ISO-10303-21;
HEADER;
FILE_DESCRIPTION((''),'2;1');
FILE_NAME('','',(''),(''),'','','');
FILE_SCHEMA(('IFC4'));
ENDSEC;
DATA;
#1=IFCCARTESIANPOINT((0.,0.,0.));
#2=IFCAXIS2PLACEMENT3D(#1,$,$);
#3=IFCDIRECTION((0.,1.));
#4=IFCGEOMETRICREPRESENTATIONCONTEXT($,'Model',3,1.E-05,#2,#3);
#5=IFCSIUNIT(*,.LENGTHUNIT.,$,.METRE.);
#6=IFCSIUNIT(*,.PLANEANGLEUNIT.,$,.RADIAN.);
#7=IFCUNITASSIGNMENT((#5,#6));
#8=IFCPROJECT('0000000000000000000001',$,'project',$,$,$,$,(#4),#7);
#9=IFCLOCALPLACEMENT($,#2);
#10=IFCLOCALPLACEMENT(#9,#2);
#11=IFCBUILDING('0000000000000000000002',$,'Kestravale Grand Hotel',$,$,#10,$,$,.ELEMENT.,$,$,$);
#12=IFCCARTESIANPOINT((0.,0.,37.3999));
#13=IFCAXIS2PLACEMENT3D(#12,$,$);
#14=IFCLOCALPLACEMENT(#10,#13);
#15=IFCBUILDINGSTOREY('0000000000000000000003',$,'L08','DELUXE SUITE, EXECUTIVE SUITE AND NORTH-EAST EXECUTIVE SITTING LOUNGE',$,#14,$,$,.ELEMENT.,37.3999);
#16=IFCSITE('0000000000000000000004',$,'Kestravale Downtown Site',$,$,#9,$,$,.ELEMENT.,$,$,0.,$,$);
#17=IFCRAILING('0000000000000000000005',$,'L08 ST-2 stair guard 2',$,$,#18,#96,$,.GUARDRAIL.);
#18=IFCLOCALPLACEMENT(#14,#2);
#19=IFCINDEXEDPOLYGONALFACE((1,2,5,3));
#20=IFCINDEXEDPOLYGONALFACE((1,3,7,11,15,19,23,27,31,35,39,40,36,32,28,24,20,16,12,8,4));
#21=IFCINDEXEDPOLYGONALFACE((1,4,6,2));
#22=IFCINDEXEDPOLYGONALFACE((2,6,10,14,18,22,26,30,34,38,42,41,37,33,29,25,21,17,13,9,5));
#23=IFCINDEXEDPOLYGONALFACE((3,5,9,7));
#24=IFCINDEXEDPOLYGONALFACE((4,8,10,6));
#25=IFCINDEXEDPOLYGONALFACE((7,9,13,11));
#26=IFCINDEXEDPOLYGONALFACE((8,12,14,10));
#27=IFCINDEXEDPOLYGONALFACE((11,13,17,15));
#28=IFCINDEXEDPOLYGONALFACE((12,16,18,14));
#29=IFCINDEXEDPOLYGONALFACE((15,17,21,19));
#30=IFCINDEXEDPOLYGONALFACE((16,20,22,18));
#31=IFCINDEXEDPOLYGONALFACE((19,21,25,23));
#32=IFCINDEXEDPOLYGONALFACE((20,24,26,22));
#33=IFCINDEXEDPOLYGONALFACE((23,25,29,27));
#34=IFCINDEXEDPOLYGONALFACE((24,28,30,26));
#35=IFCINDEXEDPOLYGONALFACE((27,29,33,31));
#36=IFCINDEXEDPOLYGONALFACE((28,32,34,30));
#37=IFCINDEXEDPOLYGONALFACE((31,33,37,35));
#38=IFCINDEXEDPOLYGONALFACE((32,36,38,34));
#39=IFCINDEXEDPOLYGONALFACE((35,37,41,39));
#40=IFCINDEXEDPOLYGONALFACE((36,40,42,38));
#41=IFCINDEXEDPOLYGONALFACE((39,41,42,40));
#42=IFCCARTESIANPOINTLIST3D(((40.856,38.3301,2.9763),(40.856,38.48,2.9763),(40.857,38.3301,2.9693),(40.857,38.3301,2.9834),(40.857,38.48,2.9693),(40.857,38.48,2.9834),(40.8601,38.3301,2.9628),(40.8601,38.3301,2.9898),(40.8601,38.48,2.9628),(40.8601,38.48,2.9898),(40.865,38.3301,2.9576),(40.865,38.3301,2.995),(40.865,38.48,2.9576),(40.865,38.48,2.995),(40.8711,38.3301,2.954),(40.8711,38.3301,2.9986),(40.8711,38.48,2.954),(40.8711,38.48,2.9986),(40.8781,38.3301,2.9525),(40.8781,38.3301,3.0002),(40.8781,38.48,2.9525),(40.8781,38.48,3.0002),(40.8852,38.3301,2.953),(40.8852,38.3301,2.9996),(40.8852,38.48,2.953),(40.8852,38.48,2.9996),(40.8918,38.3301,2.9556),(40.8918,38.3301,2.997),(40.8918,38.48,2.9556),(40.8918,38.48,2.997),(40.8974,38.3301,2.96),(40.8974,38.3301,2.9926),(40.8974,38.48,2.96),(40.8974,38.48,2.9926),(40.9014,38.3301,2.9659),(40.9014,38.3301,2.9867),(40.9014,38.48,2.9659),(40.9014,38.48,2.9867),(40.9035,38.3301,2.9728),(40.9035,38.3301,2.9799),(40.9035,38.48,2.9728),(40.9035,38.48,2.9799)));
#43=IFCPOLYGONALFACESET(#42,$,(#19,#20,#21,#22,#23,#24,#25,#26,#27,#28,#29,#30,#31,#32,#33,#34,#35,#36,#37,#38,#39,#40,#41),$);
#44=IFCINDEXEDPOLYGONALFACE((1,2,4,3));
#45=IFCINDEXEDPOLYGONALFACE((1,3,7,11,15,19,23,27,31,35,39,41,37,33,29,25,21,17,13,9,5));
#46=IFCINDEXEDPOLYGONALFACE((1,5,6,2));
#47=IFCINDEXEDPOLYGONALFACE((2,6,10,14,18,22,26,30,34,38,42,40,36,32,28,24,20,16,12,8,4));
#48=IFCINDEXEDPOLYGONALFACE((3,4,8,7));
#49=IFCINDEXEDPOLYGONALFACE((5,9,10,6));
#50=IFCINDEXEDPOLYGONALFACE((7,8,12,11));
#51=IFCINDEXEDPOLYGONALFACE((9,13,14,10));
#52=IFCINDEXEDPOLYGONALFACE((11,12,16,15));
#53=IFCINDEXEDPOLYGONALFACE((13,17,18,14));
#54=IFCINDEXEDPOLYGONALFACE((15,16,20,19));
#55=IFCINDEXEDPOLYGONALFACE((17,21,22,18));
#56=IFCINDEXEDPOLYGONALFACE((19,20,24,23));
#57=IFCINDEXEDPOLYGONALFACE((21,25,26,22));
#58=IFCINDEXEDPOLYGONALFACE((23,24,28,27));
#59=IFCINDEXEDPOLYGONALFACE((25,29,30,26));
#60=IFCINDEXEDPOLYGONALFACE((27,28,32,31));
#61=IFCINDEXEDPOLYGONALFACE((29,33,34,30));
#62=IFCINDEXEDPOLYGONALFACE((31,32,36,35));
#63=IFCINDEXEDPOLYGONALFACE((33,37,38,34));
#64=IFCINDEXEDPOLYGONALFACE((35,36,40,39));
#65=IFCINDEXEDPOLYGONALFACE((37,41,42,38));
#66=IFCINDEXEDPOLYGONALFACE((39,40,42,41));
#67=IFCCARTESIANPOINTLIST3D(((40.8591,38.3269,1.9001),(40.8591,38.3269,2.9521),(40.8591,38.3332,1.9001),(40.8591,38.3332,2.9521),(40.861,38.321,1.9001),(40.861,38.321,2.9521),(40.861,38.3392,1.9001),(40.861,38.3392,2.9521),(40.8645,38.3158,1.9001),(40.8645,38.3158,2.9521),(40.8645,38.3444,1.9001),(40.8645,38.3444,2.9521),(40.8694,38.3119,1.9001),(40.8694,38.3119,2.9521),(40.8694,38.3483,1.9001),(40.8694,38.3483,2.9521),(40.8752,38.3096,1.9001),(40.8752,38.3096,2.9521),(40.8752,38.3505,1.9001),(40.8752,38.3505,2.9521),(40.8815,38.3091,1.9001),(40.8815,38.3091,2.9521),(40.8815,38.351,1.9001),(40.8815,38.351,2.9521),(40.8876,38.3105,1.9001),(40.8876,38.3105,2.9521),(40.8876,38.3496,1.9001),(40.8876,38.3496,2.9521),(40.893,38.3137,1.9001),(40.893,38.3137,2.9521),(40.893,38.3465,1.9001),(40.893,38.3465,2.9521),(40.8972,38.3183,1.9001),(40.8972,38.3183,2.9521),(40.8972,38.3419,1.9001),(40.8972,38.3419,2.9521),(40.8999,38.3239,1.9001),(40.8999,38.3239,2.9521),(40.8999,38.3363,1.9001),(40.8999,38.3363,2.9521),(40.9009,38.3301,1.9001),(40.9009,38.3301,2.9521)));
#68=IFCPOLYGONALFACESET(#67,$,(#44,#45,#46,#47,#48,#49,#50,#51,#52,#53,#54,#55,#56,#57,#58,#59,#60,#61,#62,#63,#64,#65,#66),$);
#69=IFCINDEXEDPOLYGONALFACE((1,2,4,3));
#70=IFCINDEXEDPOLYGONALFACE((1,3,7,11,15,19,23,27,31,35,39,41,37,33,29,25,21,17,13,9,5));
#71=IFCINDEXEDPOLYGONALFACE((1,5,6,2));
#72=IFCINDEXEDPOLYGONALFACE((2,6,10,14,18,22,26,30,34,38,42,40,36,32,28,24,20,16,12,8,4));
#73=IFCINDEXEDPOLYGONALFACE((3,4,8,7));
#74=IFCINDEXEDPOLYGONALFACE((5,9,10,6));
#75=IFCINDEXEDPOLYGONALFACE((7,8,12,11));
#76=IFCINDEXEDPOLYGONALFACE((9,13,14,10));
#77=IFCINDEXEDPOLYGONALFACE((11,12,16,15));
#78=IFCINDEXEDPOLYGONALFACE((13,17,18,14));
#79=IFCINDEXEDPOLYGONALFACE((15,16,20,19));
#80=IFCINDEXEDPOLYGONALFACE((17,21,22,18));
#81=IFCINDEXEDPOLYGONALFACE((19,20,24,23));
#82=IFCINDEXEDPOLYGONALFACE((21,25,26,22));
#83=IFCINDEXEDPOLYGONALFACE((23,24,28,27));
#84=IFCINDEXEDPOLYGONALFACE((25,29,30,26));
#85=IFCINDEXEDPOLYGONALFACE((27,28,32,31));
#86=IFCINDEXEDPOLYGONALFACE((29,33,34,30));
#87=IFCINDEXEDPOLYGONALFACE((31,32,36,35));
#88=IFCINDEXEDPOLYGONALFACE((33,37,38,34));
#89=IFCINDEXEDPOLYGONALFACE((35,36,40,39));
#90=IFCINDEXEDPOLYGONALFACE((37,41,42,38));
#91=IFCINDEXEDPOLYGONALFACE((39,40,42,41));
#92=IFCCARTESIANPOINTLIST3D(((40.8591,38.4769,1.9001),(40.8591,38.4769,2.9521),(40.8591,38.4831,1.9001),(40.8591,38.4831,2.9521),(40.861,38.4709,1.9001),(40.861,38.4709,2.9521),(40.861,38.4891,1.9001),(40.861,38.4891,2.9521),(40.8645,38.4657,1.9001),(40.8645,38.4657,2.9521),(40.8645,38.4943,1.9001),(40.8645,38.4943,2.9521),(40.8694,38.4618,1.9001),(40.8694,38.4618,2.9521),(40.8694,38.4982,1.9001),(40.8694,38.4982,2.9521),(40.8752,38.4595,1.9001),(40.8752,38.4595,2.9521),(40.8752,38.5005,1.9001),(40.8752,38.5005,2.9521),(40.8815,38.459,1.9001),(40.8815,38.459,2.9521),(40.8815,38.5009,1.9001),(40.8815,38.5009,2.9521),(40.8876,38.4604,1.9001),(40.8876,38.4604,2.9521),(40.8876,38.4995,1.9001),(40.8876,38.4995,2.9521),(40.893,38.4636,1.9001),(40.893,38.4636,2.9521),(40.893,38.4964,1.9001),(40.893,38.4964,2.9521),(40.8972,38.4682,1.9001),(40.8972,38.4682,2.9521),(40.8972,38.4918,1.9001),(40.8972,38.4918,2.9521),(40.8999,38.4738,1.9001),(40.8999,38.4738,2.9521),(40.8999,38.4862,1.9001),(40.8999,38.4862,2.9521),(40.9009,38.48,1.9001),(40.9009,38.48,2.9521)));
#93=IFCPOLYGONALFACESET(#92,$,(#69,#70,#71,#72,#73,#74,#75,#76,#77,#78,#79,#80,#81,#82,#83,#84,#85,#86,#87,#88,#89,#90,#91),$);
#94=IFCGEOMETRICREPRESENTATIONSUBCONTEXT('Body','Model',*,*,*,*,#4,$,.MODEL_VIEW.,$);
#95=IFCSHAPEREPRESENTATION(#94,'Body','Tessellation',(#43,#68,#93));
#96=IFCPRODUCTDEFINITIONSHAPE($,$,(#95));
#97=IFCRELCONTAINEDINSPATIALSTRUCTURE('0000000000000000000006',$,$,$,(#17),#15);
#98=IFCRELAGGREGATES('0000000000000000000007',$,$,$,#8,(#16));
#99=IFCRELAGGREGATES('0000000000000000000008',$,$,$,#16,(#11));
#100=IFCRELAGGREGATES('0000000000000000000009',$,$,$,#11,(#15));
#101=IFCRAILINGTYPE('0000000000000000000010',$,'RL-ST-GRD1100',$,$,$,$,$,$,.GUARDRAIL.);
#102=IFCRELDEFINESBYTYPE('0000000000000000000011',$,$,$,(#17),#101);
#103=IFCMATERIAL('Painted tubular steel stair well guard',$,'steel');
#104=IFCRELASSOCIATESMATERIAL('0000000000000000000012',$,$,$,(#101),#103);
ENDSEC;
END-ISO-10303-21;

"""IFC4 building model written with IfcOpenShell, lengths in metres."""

from ifc_helpers import new_model, si_unit, direction, frame, origin, origin_2d, place, context, subcontext, project, spatial, circle, extrude, material, type_object, element, save


model = new_model("IFC4")

# Units and contexts
model_context = context("Model", 3, precision=1e-05, world=origin(), true_north=direction((0.0, 1.0)))
body_context = subcontext(model_context, "Body", "Model", "MODEL_VIEW")
ifc_project = project(units=[si_unit("LENGTHUNIT", "METRE"), si_unit("PLANEANGLEUNIT", "RADIAN")], contexts=[model_context])

# Site, building, storey
site_placement = place(None, origin())
site = spatial("IfcSite", under=ifc_project, at=site_placement, Name="Kestravale Downtown Site", CompositionType="ELEMENT", RefElevation=0.0)
building_placement = place(site_placement, origin())
building = spatial("IfcBuilding", under=site, at=building_placement, Name="Kestravale Grand Hotel", CompositionType="ELEMENT")
storey_placement = place(building_placement, frame((0.0, 0.0, 37.3999)))
storey = spatial("IfcBuildingStorey", under=building, at=storey_placement, Name="L08", Description="DELUXE SUITE, EXECUTIVE SUITE AND NORTH-EAST EXECUTIVE SITTING LOUNGE", CompositionType="ELEMENT", Elevation=37.3999)

# Railing
ifc_material_1 = material(Name="Painted tubular steel stair well guard", Category="steel")
railing_type_1 = type_object("IfcRailingType", Name="RL-ST-GRD1100", PredefinedType="GUARDRAIL", material=ifc_material_1)
railing_1_placement = place(storey_placement, frame((40.8799, 38.3301, 1.9001)))
element("IfcRailing", 1, at=railing_1_placement, inside=storey, type_object=railing_type_1, Name="L08 ST-2 stair guard 2", PredefinedType="GUARDRAIL", context=body_context, shape_type="SweptSolid", body=[
    extrude(circle(Radius=0.0239, at=origin_2d()), frame((0.0, 0.0, 1.0762), z_axis=(0.0, 1.0, 0.0), x_axis=(-1.0, 0.0, 0.0)), (0.0, 0.0, 1.0), 0.1499),
    extrude(circle(Radius=0.021, at=origin_2d()), origin(), (0.0, 0.0, 1.0), 1.052),
    extrude(circle(Radius=0.021, at=origin_2d()), frame((0.0, 0.1499, 0.0)), (0.0, 0.0, 1.0), 1.052),
])

save(model, "model.ifc")
